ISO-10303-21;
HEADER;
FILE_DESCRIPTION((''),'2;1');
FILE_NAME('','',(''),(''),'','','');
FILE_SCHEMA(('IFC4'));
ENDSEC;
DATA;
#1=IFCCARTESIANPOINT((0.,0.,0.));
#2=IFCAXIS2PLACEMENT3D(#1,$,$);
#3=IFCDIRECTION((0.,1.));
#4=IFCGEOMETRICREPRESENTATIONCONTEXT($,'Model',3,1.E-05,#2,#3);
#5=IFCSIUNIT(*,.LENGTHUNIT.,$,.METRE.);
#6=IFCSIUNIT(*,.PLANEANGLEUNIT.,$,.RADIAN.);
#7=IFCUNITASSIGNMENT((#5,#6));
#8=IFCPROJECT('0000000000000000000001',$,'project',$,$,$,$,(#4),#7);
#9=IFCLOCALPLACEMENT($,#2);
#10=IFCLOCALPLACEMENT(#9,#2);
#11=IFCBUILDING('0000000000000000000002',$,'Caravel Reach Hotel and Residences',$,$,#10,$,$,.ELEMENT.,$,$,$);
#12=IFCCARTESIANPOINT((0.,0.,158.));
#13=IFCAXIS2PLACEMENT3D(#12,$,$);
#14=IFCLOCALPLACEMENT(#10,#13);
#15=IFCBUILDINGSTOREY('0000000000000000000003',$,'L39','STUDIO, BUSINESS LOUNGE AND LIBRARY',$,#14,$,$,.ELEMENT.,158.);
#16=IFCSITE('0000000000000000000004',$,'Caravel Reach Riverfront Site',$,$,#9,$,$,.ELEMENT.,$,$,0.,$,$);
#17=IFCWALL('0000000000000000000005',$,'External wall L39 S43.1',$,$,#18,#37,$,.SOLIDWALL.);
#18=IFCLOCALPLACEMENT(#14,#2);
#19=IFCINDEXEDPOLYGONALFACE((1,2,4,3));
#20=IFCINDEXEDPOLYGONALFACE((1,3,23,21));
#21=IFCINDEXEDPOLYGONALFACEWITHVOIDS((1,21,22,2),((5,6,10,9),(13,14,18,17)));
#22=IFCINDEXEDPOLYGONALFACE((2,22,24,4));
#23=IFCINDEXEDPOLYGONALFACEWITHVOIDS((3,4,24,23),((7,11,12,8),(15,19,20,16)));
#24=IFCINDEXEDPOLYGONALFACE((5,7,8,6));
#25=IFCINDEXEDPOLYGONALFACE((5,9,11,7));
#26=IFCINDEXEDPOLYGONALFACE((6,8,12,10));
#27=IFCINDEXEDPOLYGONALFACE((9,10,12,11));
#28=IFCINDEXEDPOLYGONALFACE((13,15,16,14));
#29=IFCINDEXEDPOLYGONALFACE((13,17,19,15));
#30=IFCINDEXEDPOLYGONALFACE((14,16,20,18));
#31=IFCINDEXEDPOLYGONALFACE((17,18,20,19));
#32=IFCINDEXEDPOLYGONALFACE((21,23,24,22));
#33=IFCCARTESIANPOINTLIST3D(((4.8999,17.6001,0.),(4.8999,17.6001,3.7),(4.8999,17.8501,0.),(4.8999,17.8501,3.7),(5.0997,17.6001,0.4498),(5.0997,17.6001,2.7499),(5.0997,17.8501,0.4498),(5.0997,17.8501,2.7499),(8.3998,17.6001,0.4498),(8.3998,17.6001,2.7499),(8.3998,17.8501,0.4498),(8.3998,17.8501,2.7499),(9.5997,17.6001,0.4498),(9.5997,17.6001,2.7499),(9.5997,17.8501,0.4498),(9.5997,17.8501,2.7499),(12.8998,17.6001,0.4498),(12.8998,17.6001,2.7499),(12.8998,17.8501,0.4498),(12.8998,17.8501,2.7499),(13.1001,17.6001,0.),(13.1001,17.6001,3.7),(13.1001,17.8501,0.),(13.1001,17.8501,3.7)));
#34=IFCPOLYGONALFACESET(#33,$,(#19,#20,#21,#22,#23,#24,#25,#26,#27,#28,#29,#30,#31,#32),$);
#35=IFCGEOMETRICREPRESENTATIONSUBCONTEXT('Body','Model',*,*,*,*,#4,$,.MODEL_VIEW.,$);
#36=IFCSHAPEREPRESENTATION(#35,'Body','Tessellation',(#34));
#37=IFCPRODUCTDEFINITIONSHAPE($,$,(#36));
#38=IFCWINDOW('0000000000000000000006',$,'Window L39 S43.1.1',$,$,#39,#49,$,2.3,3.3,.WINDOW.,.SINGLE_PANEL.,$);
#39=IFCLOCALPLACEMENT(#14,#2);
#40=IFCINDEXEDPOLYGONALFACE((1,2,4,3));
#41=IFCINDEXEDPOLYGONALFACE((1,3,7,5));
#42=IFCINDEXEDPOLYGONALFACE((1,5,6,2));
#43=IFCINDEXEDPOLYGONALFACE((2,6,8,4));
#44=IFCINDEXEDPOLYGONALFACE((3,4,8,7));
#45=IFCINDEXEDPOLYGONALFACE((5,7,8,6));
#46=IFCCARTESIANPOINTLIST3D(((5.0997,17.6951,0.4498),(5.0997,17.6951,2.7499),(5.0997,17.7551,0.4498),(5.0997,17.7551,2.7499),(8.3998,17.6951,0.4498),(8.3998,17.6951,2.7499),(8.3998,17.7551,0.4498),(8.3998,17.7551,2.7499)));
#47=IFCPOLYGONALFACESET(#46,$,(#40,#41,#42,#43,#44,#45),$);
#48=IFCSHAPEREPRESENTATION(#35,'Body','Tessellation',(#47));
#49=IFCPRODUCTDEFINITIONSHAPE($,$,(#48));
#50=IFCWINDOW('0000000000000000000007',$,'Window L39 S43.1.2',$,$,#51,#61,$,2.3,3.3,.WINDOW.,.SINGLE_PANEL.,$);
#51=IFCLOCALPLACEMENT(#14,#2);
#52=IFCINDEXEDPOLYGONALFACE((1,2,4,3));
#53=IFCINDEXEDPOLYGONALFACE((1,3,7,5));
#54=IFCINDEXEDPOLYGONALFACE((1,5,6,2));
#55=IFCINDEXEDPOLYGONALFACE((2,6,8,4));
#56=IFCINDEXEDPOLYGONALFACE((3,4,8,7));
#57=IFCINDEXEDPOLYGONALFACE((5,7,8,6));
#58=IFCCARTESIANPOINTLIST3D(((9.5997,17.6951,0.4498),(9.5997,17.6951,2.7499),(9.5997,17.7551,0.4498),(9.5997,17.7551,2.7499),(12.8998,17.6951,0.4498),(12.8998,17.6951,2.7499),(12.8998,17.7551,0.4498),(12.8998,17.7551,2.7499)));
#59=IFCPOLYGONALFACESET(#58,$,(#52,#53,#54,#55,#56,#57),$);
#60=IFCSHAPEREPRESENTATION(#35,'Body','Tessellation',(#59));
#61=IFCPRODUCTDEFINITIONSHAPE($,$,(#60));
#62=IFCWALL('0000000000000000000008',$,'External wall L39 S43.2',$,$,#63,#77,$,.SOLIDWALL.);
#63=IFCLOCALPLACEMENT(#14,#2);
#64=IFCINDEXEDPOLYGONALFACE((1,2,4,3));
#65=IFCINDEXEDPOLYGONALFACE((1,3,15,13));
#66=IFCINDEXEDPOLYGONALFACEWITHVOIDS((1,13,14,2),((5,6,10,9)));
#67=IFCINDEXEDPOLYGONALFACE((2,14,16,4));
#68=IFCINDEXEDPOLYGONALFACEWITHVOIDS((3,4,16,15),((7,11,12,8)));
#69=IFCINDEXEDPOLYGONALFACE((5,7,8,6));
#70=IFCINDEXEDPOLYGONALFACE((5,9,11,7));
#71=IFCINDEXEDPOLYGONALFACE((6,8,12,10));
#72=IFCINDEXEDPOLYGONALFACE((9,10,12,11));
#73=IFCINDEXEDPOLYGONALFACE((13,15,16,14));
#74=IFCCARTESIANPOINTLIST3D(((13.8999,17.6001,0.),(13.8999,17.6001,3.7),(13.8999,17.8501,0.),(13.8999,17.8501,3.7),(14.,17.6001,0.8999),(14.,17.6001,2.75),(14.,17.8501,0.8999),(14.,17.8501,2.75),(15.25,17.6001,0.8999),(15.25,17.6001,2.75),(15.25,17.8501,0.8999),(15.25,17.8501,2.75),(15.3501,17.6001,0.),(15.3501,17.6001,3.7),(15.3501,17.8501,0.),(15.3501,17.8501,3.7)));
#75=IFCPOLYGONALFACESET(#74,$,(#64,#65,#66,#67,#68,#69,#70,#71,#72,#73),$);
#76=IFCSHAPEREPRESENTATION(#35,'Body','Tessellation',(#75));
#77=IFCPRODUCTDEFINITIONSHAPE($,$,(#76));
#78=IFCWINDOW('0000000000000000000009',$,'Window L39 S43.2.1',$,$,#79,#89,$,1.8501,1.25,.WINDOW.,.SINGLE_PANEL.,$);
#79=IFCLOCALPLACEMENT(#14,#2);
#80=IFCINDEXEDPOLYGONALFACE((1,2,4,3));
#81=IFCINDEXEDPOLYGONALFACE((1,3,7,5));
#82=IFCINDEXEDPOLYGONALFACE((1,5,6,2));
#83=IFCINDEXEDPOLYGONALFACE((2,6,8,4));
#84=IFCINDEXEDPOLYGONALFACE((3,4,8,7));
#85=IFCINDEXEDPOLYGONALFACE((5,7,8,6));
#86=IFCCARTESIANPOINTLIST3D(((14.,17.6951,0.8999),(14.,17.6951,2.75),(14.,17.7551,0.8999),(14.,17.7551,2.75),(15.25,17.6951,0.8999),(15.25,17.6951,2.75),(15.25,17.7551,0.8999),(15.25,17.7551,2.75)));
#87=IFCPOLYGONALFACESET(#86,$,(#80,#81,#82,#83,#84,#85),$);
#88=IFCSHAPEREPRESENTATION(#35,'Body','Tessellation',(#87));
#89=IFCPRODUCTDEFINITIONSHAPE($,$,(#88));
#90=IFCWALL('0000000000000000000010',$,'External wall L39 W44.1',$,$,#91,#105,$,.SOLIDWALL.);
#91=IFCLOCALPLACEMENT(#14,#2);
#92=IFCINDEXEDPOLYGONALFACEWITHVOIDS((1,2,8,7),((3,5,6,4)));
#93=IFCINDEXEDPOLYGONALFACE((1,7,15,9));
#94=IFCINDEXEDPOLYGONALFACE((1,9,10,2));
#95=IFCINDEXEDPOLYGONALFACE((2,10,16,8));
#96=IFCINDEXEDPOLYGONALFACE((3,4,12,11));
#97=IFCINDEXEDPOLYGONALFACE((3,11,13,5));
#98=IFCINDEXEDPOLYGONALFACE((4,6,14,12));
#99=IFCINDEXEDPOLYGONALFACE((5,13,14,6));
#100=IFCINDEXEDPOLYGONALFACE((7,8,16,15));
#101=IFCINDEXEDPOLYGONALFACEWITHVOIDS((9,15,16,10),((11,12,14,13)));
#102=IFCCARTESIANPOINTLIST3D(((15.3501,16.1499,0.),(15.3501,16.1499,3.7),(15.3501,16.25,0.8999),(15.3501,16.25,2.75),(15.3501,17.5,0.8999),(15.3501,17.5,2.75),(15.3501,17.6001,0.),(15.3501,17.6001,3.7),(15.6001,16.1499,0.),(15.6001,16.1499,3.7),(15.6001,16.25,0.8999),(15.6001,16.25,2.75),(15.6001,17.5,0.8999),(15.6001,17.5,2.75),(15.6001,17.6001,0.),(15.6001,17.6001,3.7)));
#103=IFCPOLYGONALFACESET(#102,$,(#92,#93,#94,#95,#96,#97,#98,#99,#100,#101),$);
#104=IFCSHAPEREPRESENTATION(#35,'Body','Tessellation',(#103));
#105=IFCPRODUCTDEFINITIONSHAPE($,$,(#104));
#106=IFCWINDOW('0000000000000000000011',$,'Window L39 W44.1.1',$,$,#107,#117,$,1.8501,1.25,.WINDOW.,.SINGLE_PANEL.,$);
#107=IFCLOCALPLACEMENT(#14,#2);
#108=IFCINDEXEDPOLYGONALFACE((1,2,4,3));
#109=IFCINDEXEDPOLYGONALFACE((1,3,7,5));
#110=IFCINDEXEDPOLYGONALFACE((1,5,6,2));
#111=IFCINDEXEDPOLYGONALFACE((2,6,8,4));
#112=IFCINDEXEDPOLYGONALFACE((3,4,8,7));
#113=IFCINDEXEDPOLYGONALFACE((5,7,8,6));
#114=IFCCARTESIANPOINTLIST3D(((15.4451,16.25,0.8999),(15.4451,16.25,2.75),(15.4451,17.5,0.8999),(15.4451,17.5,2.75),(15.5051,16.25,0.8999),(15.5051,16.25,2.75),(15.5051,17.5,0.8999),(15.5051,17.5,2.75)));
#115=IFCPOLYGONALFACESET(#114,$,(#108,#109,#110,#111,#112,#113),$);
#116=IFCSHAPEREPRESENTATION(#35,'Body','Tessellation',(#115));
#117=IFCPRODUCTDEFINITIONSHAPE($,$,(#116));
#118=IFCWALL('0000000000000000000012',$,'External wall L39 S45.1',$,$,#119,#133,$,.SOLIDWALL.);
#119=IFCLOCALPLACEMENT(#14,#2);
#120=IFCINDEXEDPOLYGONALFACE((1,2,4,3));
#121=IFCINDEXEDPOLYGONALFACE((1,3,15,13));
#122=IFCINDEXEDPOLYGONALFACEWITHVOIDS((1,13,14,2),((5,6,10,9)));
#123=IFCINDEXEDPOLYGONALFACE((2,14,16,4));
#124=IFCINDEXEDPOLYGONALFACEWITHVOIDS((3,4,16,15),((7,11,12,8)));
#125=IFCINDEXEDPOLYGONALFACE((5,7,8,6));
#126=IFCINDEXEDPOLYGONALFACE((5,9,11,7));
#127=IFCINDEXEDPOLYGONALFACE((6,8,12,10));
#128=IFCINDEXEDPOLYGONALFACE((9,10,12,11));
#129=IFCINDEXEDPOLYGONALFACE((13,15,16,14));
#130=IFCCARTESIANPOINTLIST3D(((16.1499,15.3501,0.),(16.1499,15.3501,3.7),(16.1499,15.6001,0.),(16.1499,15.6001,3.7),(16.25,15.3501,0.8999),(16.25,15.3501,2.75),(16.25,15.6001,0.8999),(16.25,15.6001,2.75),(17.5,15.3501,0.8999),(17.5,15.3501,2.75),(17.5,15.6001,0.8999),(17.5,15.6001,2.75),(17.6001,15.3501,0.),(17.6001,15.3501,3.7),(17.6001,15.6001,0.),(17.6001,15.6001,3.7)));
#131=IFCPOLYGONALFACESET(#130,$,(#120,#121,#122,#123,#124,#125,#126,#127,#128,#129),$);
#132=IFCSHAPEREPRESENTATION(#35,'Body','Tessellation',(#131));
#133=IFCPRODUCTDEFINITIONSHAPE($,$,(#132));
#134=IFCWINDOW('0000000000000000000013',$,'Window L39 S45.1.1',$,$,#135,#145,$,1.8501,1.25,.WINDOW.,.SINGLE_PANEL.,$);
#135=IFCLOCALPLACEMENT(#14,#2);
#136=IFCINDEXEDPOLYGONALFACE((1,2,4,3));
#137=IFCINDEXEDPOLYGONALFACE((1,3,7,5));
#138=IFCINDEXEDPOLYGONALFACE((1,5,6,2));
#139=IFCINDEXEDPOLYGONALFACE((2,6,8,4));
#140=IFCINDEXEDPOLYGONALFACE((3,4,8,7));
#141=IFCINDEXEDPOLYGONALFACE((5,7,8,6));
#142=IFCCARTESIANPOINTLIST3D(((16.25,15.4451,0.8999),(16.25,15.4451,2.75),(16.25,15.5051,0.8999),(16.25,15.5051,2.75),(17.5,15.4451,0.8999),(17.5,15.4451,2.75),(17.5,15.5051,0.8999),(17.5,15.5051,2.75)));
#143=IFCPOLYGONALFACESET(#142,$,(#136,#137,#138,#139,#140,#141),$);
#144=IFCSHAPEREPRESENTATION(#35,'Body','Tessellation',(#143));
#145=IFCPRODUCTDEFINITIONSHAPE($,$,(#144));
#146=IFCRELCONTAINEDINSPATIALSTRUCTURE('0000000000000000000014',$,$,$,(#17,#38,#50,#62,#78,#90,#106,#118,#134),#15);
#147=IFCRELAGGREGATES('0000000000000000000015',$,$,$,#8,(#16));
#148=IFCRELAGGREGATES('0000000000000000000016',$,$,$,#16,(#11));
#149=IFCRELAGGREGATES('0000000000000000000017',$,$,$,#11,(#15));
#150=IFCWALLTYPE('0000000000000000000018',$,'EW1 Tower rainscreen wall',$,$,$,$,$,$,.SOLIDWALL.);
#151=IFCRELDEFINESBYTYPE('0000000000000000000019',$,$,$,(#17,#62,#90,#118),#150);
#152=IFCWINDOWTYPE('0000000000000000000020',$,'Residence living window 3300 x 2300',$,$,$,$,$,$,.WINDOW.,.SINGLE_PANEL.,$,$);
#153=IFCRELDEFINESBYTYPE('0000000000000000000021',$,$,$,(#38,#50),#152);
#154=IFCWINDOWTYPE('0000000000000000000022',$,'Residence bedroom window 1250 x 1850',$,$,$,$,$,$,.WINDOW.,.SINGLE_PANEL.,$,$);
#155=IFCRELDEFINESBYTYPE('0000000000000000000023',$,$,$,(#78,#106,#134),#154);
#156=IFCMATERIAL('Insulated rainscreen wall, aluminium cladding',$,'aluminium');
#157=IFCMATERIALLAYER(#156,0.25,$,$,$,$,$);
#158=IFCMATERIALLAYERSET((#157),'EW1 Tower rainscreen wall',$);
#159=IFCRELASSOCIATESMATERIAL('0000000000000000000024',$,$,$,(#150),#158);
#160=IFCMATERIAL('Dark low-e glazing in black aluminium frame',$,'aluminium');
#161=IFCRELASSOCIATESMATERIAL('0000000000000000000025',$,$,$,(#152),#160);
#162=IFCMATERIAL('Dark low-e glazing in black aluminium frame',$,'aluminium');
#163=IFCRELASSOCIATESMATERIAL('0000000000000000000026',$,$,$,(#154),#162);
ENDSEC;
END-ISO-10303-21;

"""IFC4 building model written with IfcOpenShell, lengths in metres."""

from ifc_helpers import new_model, si_unit, direction, frame, frame_2d, origin, place, context, subcontext, project, spatial, rectangle, extrude, material, layer, layer_set, type_object, element, fill, save


model = new_model("IFC4")

# Units and contexts
model_context = context("Model", 3, precision=1e-05, world=origin(), true_north=direction((0.0, 1.0)))
body_context = subcontext(model_context, "Body", "Model", "MODEL_VIEW")
ifc_project = project(units=[si_unit("LENGTHUNIT", "METRE"), si_unit("PLANEANGLEUNIT", "RADIAN")], contexts=[model_context])

# Site, building, storey
site_placement = place(None, origin())
site = spatial("IfcSite", under=ifc_project, at=site_placement, Name="Caravel Reach Riverfront Site", CompositionType="ELEMENT", RefElevation=0.0)
building_placement = place(site_placement, origin())
building = spatial("IfcBuilding", under=site, at=building_placement, Name="Caravel Reach Hotel and Residences", CompositionType="ELEMENT")
storey_placement = place(building_placement, frame((0.0, 0.0, 158.0)))
storey = spatial("IfcBuildingStorey", under=building, at=storey_placement, Name="L39", Description="STUDIO, BUSINESS LOUNGE AND LIBRARY", CompositionType="ELEMENT", Elevation=158.0)

# Wall, openings, windows
ifc_material_1 = material(Name="Insulated rainscreen wall, aluminium cladding", Category="aluminium")
ifc_layer_1 = layer(ifc_material_1, 0.25)
ifc_layer_set_1 = layer_set([ifc_layer_1], Name="EW1 Tower rainscreen wall")
wall_type_1 = type_object("IfcWallType", Name="EW1 Tower rainscreen wall", PredefinedType="SOLIDWALL", material=ifc_layer_set_1)
wall_1_placement = place(storey_placement, frame((4.8999, 17.7251, 0.0), z_axis=(0.0, 0.0, 1.0), x_axis=(1.0, 0.0, 0.0)))
wall_1 = element("IfcWall", 1, at=wall_1_placement, inside=storey, type_object=wall_type_1, Name="External wall L39 S43.1", PredefinedType="SOLIDWALL", context=body_context, shape_type="SweptSolid", body=[
    extrude(rectangle(XDim=8.2002, YDim=0.25, at=frame_2d((4.1001, 0.0))), origin(), (0.0, 0.0, 1.0), 3.7),
])
opening_1_placement = place(wall_1_placement, frame((0.2, 0.0, 0.45)))
opening_1 = element("IfcOpeningElement", 2, at=opening_1_placement, cuts=wall_1, PredefinedType="OPENING", context=body_context, shape_type="SweptSolid", body=[
    extrude(rectangle(XDim=3.3, YDim=2.3, at=frame_2d((1.6499, 1.1499))), frame((0.0, 0.135, 0.0), z_axis=(0.0, -1.0, 0.0), x_axis=(1.0, 0.0, 0.0)), (0.0, 0.0, 1.0), 0.27),
])
opening_2_placement = place(wall_1_placement, frame((4.7, 0.0, 0.45)))
opening_2 = element("IfcOpeningElement", 3, at=opening_2_placement, cuts=wall_1, PredefinedType="OPENING", context=body_context, shape_type="SweptSolid", body=[
    extrude(rectangle(XDim=3.3, YDim=2.3, at=frame_2d((1.6499, 1.1499))), frame((0.0, 0.135, 0.0), z_axis=(0.0, -1.0, 0.0), x_axis=(1.0, 0.0, 0.0)), (0.0, 0.0, 1.0), 0.27),
])
ifc_material_2 = material(Name="Dark low-e glazing in black aluminium frame", Category="aluminium")
window_type_1 = type_object("IfcWindowType", Name="Residence living window 3300 x 2300", PartitioningType="SINGLE_PANEL", PredefinedType="WINDOW", material=ifc_material_2)
window_1_placement = place(opening_1_placement, origin())
window_1 = element("IfcWindow", 4, at=window_1_placement, inside=storey, type_object=window_type_1, Name="Window L39 S43.1.1", OverallHeight=2.3, OverallWidth=3.3, PartitioningType="SINGLE_PANEL", PredefinedType="WINDOW", context=body_context, shape_type="SweptSolid", body=[
    extrude(rectangle(XDim=3.3, YDim=2.3, at=frame_2d((1.6499, 1.1499))), frame((0.0, 0.03, 0.0), z_axis=(0.0, -1.0, 0.0), x_axis=(1.0, 0.0, 0.0)), (0.0, 0.0, 1.0), 0.0601),
])
fill(opening_1, window_1)
window_2_placement = place(opening_2_placement, origin())
window_2 = element("IfcWindow", 5, at=window_2_placement, inside=storey, type_object=window_type_1, Name="Window L39 S43.1.2", OverallHeight=2.3, OverallWidth=3.3, PartitioningType="SINGLE_PANEL", PredefinedType="WINDOW", context=body_context, shape_type="SweptSolid", body=[
    extrude(rectangle(XDim=3.3, YDim=2.3, at=frame_2d((1.6499, 1.1499))), frame((0.0, 0.03, 0.0), z_axis=(0.0, -1.0, 0.0), x_axis=(1.0, 0.0, 0.0)), (0.0, 0.0, 1.0), 0.0601),
])
fill(opening_2, window_2)

# Walls, openings, windows
wall_2_placement = place(storey_placement, frame((13.8999, 17.7251, 0.0), z_axis=(0.0, 0.0, 1.0), x_axis=(1.0, 0.0, 0.0)))
wall_2 = element("IfcWall", 6, at=wall_2_placement, inside=storey, type_object=wall_type_1, Name="External wall L39 S43.2", PredefinedType="SOLIDWALL", context=body_context, shape_type="SweptSolid", body=[
    extrude(rectangle(XDim=1.4502, YDim=0.25, at=frame_2d((0.7251, 0.0))), origin(), (0.0, 0.0, 1.0), 3.7),
])
opening_3_placement = place(wall_2_placement, frame((0.1001, 0.0, 0.8999)))
opening_3 = element("IfcOpeningElement", 7, at=opening_3_placement, cuts=wall_2, PredefinedType="OPENING", context=body_context, shape_type="SweptSolid", body=[
    extrude(rectangle(XDim=1.25, YDim=1.8501, at=frame_2d((0.625, 0.925))), frame((0.0, 0.135, 0.0), z_axis=(0.0, -1.0, 0.0), x_axis=(1.0, 0.0, 0.0)), (0.0, 0.0, 1.0), 0.27),
])
ifc_material_3 = material(Name="Dark low-e glazing in black aluminium frame", Category="aluminium")
window_type_2 = type_object("IfcWindowType", Name="Residence bedroom window 1250 x 1850", PartitioningType="SINGLE_PANEL", PredefinedType="WINDOW", material=ifc_material_3)
window_3_placement = place(opening_3_placement, origin())
window_3 = element("IfcWindow", 8, at=window_3_placement, inside=storey, type_object=window_type_2, Name="Window L39 S43.2.1", OverallHeight=1.8501, OverallWidth=1.25, PartitioningType="SINGLE_PANEL", PredefinedType="WINDOW", context=body_context, shape_type="SweptSolid", body=[
    extrude(rectangle(XDim=1.25, YDim=1.8501, at=frame_2d((0.625, 0.925))), frame((0.0, 0.03, 0.0), z_axis=(0.0, -1.0, 0.0), x_axis=(1.0, 0.0, 0.0)), (0.0, 0.0, 1.0), 0.0601),
])
fill(opening_3, window_3)
wall_3_placement = place(storey_placement, frame((15.4751, 17.6001, 0.0), z_axis=(0.0, 0.0, 1.0), x_axis=(0.0, -1.0, 0.0)))
wall_3 = element("IfcWall", 9, at=wall_3_placement, inside=storey, type_object=wall_type_1, Name="External wall L39 W44.1", PredefinedType="SOLIDWALL", context=body_context, shape_type="SweptSolid", body=[
    extrude(rectangle(XDim=1.4502, YDim=0.25, at=frame_2d((0.7251, 0.0))), origin(), (0.0, 0.0, 1.0), 3.7),
])
opening_4_placement = place(wall_3_placement, frame((0.1001, 0.0, 0.8999)))
opening_4 = element("IfcOpeningElement", 10, at=opening_4_placement, cuts=wall_3, PredefinedType="OPENING", context=body_context, shape_type="SweptSolid", body=[
    extrude(rectangle(XDim=1.25, YDim=1.8501, at=frame_2d((0.625, 0.925))), frame((0.0, 0.135, 0.0), z_axis=(0.0, -1.0, 0.0), x_axis=(1.0, 0.0, 0.0)), (0.0, 0.0, 1.0), 0.27),
])
window_4_placement = place(opening_4_placement, origin())
window_4 = element("IfcWindow", 11, at=window_4_placement, inside=storey, type_object=window_type_2, Name="Window L39 W44.1.1", OverallHeight=1.8501, OverallWidth=1.25, PartitioningType="SINGLE_PANEL", PredefinedType="WINDOW", context=body_context, shape_type="SweptSolid", body=[
    extrude(rectangle(XDim=1.25, YDim=1.8501, at=frame_2d((0.625, 0.925))), frame((0.0, 0.03, 0.0), z_axis=(0.0, -1.0, 0.0), x_axis=(1.0, 0.0, 0.0)), (0.0, 0.0, 1.0), 0.0601),
])
fill(opening_4, window_4)
wall_4_placement = place(storey_placement, frame((16.1499, 15.4751, 0.0), z_axis=(0.0, 0.0, 1.0), x_axis=(1.0, 0.0, 0.0)))
wall_4 = element("IfcWall", 12, at=wall_4_placement, inside=storey, type_object=wall_type_1, Name="External wall L39 S45.1", PredefinedType="SOLIDWALL", context=body_context, shape_type="SweptSolid", body=[
    extrude(rectangle(XDim=1.4502, YDim=0.25, at=frame_2d((0.7251, 0.0))), origin(), (0.0, 0.0, 1.0), 3.7),
])
opening_5_placement = place(wall_4_placement, frame((0.1001, 0.0, 0.8999)))
opening_5 = element("IfcOpeningElement", 13, at=opening_5_placement, cuts=wall_4, PredefinedType="OPENING", context=body_context, shape_type="SweptSolid", body=[
    extrude(rectangle(XDim=1.25, YDim=1.8501, at=frame_2d((0.625, 0.925))), frame((0.0, 0.135, 0.0), z_axis=(0.0, -1.0, 0.0), x_axis=(1.0, 0.0, 0.0)), (0.0, 0.0, 1.0), 0.27),
])
window_5_placement = place(opening_5_placement, origin())
window_5 = element("IfcWindow", 14, at=window_5_placement, inside=storey, type_object=window_type_2, Name="Window L39 S45.1.1", OverallHeight=1.8501, OverallWidth=1.25, PartitioningType="SINGLE_PANEL", PredefinedType="WINDOW", context=body_context, shape_type="SweptSolid", body=[
    extrude(rectangle(XDim=1.25, YDim=1.8501, at=frame_2d((0.625, 0.925))), frame((0.0, 0.03, 0.0), z_axis=(0.0, -1.0, 0.0), x_axis=(1.0, 0.0, 0.0)), (0.0, 0.0, 1.0), 0.0601),
])
fill(opening_5, window_5)

save(model, "model.ifc")
